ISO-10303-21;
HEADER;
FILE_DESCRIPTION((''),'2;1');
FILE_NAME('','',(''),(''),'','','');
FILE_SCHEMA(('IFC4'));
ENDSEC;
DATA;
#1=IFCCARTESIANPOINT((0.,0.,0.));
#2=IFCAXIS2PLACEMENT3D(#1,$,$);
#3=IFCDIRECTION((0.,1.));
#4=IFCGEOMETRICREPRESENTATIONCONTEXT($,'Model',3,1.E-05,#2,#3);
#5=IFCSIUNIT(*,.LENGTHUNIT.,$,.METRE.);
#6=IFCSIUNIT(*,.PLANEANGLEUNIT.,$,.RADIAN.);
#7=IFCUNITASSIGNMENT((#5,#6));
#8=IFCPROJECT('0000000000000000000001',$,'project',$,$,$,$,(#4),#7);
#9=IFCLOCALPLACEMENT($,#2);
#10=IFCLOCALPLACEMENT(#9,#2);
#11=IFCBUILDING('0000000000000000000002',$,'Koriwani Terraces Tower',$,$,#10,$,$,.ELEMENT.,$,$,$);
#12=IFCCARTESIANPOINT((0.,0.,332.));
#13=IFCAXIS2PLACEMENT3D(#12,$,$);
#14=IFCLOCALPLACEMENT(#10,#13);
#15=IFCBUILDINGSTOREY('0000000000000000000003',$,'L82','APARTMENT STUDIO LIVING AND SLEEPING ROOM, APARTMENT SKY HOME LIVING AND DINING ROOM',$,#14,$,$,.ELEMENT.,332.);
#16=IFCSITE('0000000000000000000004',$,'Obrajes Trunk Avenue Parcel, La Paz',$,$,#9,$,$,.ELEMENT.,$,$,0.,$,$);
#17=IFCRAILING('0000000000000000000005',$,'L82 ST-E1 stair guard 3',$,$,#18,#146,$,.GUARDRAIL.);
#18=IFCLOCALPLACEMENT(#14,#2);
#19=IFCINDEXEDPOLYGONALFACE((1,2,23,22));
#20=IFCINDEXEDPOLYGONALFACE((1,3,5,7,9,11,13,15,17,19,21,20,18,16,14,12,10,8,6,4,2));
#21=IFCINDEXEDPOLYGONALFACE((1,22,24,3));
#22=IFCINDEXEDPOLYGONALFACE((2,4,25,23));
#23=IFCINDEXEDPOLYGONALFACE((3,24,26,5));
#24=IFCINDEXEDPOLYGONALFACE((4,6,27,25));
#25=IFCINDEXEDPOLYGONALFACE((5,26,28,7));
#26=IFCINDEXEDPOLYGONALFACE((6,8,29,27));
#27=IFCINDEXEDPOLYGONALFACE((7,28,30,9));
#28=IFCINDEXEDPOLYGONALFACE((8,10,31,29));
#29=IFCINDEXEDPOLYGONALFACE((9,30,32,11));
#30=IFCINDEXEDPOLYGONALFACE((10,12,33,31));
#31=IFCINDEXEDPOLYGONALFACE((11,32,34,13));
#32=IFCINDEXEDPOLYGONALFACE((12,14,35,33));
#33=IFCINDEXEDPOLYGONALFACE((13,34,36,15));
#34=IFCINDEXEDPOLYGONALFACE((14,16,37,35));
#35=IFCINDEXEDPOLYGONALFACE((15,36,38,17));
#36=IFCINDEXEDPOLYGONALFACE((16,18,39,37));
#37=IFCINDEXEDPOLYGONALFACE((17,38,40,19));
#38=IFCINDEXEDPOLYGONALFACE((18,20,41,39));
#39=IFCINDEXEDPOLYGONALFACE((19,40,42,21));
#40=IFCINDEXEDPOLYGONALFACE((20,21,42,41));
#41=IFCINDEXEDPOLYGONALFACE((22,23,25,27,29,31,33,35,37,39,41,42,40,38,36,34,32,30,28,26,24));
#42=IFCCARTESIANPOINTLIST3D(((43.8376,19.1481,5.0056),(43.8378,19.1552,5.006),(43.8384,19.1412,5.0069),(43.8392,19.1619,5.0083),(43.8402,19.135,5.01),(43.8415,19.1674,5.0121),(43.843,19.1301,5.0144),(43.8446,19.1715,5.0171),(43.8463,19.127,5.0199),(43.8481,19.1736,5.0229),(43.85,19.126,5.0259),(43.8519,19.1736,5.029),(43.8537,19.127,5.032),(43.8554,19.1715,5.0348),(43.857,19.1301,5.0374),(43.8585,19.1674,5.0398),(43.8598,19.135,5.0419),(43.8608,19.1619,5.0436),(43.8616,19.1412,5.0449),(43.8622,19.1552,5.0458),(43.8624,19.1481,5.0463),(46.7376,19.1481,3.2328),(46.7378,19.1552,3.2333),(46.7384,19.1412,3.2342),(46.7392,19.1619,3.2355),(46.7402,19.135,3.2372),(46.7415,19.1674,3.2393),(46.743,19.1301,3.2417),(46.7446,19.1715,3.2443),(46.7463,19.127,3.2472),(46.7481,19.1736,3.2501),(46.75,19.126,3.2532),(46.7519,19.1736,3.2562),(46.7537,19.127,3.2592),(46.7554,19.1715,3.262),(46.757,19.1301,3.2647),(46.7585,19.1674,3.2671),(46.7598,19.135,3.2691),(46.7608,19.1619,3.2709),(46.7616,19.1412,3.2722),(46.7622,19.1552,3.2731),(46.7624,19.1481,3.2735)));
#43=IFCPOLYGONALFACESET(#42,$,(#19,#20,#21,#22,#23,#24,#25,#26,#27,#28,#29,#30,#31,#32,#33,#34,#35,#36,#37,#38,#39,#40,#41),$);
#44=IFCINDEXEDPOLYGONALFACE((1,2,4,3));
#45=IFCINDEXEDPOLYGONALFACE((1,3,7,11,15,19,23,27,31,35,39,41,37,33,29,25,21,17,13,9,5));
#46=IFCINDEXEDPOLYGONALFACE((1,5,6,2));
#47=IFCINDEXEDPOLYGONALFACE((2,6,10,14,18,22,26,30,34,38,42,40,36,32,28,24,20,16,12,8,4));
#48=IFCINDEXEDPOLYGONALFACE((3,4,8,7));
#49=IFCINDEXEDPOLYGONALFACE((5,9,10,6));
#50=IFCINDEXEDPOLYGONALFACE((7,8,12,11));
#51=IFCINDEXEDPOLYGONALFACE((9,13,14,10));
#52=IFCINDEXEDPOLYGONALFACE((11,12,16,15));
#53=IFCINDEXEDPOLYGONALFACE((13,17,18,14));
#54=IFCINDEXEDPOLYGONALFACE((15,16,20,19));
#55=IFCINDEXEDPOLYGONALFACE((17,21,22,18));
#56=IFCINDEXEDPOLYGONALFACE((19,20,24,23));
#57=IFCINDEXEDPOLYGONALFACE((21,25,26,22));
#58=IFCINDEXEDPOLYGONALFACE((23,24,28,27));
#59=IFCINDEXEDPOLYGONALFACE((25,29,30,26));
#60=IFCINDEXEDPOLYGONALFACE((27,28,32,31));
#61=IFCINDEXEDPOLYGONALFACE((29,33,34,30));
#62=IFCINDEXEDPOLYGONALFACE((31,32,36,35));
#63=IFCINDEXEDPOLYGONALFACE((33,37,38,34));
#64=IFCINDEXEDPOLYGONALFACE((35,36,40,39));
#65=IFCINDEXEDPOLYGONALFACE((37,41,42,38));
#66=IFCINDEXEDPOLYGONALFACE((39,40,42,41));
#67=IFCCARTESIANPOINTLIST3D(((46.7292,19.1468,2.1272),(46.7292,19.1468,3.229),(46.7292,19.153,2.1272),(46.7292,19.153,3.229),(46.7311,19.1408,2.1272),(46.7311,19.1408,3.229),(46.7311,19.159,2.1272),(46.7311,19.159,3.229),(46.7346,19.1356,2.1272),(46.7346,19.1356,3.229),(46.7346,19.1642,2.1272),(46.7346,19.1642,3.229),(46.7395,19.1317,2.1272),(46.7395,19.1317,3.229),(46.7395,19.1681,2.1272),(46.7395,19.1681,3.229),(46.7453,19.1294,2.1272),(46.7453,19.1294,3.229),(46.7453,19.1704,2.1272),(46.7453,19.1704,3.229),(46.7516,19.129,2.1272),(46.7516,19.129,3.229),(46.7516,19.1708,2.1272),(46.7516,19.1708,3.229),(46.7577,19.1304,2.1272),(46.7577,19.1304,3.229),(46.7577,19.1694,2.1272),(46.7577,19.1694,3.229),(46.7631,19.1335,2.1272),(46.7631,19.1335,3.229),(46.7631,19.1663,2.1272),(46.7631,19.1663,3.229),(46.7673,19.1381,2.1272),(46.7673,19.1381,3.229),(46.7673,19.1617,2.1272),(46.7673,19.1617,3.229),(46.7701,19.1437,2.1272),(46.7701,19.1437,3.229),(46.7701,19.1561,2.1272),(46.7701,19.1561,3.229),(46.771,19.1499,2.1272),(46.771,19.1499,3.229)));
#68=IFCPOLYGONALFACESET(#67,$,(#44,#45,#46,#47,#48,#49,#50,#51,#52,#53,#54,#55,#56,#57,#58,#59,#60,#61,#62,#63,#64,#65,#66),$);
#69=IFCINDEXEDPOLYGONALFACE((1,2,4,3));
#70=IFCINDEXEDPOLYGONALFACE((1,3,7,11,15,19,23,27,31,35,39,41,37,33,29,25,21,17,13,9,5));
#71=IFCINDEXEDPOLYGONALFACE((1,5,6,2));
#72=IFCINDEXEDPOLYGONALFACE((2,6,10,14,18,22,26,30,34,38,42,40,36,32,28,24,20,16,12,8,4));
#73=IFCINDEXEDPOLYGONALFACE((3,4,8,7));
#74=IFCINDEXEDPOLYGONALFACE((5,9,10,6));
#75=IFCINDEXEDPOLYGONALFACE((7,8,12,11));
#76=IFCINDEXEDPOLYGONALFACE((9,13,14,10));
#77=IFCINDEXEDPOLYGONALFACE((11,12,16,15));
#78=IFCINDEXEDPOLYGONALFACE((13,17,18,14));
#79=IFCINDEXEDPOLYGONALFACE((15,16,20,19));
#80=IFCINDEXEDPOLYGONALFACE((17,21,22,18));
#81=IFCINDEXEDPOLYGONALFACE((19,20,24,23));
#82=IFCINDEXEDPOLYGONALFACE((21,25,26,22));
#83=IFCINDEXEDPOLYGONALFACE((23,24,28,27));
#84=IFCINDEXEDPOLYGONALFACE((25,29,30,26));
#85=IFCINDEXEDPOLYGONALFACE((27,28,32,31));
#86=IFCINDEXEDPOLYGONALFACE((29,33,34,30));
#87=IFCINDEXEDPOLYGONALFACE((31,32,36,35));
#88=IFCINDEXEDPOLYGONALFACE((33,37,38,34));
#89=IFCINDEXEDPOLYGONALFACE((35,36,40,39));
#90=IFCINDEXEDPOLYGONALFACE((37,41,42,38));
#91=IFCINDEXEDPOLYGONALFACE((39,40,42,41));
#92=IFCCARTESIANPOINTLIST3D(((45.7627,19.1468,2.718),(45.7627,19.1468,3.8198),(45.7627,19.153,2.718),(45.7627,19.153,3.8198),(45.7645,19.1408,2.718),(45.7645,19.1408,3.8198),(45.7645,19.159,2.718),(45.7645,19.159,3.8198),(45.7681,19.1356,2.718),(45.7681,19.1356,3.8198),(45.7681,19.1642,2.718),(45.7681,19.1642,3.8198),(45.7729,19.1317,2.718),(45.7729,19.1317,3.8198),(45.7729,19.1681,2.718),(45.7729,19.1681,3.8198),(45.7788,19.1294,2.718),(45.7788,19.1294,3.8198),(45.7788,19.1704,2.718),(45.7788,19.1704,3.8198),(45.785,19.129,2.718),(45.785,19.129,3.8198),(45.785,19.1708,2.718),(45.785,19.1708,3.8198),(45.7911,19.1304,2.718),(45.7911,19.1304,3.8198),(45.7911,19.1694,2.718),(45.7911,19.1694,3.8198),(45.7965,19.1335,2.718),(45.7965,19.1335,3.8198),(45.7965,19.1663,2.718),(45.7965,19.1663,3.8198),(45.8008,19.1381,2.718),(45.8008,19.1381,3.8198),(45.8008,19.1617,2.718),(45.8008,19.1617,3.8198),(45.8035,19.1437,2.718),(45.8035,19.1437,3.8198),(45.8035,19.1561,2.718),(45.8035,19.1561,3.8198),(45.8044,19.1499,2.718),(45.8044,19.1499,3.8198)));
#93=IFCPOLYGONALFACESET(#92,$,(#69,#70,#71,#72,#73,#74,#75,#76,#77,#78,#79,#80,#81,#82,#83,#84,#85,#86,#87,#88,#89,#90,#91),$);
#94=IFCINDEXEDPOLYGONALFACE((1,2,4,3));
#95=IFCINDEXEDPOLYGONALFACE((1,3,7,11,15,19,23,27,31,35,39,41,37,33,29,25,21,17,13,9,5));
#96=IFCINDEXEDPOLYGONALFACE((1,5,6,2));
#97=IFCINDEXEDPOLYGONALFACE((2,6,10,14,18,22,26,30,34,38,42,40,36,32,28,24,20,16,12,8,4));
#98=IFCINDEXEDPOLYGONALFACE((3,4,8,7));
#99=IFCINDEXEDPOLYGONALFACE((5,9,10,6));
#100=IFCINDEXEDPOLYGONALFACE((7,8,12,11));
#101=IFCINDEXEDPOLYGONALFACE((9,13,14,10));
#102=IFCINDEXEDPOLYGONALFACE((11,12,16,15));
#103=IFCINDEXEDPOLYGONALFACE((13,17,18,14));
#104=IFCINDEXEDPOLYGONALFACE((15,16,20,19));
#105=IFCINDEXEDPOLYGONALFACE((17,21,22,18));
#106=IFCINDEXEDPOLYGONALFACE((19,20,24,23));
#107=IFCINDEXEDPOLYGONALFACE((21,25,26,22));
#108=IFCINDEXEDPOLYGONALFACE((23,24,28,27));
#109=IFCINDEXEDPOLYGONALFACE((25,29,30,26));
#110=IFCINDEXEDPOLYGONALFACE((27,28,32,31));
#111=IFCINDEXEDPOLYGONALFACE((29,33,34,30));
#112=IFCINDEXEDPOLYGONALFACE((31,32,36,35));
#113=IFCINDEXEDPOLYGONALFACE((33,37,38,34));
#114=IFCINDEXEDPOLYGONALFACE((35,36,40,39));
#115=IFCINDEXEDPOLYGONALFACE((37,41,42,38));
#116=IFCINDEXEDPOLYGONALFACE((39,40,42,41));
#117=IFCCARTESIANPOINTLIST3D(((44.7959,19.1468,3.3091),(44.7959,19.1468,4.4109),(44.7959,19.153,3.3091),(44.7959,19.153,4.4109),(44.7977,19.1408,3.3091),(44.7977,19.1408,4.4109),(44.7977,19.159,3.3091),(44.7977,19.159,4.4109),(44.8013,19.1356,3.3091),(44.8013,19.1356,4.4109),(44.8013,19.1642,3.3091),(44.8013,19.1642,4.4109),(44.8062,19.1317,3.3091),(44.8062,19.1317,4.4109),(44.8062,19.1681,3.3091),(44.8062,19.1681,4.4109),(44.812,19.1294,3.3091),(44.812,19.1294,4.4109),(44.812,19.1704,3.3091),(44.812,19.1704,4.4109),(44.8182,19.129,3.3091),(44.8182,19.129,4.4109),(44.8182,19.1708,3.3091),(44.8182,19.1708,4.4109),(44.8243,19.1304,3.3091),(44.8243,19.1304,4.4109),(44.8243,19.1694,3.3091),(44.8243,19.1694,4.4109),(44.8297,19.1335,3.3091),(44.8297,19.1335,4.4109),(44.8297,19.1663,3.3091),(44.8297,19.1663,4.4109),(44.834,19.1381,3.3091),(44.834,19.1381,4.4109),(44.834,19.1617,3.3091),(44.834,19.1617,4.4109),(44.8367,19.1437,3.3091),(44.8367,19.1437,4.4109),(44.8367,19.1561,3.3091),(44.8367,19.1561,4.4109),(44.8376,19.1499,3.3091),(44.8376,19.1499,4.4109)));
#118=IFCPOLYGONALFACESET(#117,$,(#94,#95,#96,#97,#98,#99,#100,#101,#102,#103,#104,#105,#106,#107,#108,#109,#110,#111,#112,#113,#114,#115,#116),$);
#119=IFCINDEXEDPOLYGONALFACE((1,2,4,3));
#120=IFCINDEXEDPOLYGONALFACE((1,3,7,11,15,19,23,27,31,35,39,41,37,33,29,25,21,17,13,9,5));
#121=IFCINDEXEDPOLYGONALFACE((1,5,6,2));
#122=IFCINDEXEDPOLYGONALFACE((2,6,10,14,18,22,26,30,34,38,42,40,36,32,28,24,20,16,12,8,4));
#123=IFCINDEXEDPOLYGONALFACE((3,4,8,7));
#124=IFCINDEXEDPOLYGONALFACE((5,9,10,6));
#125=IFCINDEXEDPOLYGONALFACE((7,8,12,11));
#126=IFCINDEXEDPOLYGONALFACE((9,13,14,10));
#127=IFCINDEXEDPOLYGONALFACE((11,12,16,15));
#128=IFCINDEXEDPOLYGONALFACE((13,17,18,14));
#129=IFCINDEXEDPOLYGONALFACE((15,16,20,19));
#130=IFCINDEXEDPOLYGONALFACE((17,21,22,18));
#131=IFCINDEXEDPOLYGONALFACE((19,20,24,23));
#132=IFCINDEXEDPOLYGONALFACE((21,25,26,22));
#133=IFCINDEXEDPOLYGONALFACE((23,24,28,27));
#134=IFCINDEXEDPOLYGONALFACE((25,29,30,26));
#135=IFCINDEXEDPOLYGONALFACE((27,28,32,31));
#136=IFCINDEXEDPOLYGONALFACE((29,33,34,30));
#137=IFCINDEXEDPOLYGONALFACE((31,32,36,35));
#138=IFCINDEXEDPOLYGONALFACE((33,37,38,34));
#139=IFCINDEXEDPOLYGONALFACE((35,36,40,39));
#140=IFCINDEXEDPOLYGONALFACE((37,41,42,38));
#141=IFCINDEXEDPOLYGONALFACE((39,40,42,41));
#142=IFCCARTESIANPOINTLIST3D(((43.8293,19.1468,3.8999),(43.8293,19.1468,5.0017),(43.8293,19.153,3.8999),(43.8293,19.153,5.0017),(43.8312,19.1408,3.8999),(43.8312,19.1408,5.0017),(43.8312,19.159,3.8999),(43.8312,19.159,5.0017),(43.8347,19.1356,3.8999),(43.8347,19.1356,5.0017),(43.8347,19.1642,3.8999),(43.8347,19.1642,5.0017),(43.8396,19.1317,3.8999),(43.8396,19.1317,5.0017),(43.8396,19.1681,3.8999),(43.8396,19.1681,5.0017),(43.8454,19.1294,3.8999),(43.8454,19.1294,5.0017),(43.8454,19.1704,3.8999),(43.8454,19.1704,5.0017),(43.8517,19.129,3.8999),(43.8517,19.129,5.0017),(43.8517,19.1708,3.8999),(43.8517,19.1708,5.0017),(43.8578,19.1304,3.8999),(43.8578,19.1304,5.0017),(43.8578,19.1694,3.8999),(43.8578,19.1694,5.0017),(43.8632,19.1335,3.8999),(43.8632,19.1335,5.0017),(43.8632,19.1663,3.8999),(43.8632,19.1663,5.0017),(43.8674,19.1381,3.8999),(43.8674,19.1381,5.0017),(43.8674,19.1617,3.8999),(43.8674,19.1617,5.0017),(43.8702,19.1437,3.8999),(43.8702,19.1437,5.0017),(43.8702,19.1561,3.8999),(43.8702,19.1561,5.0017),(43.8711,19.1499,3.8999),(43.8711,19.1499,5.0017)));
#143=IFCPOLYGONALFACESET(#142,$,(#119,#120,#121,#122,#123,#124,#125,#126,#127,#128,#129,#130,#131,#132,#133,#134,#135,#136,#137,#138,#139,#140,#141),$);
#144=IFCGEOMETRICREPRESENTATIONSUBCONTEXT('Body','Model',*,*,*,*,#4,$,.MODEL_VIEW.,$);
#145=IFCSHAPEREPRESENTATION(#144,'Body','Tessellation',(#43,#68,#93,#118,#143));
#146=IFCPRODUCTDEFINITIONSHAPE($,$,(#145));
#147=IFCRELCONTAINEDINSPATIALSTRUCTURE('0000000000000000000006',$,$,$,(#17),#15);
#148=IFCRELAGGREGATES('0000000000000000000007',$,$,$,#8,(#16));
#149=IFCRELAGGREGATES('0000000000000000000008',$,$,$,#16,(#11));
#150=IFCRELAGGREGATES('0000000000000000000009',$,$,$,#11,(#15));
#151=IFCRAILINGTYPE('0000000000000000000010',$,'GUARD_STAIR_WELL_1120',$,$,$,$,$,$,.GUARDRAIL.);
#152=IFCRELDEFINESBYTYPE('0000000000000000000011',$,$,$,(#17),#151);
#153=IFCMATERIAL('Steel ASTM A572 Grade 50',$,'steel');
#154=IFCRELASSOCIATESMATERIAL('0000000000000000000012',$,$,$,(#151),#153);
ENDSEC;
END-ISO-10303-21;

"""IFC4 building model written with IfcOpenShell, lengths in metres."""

from ifc_helpers import new_model, si_unit, direction, frame, origin, origin_2d, place, context, subcontext, project, spatial, circle, extrude, material, type_object, element, save


model = new_model("IFC4")

# Units and contexts
model_context = context("Model", 3, precision=1e-05, world=origin(), true_north=direction((0.0, 1.0)))
body_context = subcontext(model_context, "Body", "Model", "MODEL_VIEW")
ifc_project = project(units=[si_unit("LENGTHUNIT", "METRE"), si_unit("PLANEANGLEUNIT", "RADIAN")], contexts=[model_context])

# Site, building, storey
site_placement = place(None, origin())
site = spatial("IfcSite", under=ifc_project, at=site_placement, Name="Obrajes Trunk Avenue Parcel, La Paz", CompositionType="ELEMENT", RefElevation=0.0)
building_placement = place(site_placement, origin())
building = spatial("IfcBuilding", under=site, at=building_placement, Name="Koriwani Terraces Tower", CompositionType="ELEMENT")
storey_placement = place(building_placement, frame((0.0, 0.0, 332.0)))
storey = spatial("IfcBuildingStorey", under=building, at=storey_placement, Name="L82", Description="APARTMENT STUDIO LIVING AND SLEEPING ROOM, APARTMENT SKY HOME LIVING AND DINING ROOM", CompositionType="ELEMENT", Elevation=332.0)

# Shared definitions
ifc_material_1 = material(Name="Steel ASTM A572 Grade 50", Category="steel")

# Railing
railing_type_1 = type_object("IfcRailingType", Name="GUARD_STAIR_WELL_1120", PredefinedType="GUARDRAIL", material=ifc_material_1)
for number, where, name in (
    (1, (46.75, 19.1499, 2.1272), "L82 ST-E1 stair guard 3"),
):
    element("IfcRailing", number, at=place(storey_placement, frame(where)), inside=storey, type_object=railing_type_1, Name=name, PredefinedType="GUARDRAIL", context=body_context, shape_type="SweptSolid", body=[
        extrude(circle(Radius=0.0239, at=origin_2d()), frame((0.0, 0.0, 1.126), z_axis=(-0.853211, 0.0, 0.521566), x_axis=(0.0, -1.0, 0.0)), (0.0, 0.0, 1.0), 3.3989),
        extrude(circle(Radius=0.021, at=origin_2d()), origin(), (0.0, 0.0, 1.0), 1.1018),
        extrude(circle(Radius=0.021, at=origin_2d()), frame((-0.9666, 0.0, 0.5908)), (0.0, 0.0, 1.0), 1.1018),
        extrude(circle(Radius=0.021, at=origin_2d()), frame((-1.9333, 0.0, 1.1819)), (0.0, 0.0, 1.0), 1.1018),
        extrude(circle(Radius=0.021, at=origin_2d()), frame((-2.8999, 0.0, 1.7727)), (0.0, 0.0, 1.0), 1.1018),
    ])

save(model, "model.ifc")
